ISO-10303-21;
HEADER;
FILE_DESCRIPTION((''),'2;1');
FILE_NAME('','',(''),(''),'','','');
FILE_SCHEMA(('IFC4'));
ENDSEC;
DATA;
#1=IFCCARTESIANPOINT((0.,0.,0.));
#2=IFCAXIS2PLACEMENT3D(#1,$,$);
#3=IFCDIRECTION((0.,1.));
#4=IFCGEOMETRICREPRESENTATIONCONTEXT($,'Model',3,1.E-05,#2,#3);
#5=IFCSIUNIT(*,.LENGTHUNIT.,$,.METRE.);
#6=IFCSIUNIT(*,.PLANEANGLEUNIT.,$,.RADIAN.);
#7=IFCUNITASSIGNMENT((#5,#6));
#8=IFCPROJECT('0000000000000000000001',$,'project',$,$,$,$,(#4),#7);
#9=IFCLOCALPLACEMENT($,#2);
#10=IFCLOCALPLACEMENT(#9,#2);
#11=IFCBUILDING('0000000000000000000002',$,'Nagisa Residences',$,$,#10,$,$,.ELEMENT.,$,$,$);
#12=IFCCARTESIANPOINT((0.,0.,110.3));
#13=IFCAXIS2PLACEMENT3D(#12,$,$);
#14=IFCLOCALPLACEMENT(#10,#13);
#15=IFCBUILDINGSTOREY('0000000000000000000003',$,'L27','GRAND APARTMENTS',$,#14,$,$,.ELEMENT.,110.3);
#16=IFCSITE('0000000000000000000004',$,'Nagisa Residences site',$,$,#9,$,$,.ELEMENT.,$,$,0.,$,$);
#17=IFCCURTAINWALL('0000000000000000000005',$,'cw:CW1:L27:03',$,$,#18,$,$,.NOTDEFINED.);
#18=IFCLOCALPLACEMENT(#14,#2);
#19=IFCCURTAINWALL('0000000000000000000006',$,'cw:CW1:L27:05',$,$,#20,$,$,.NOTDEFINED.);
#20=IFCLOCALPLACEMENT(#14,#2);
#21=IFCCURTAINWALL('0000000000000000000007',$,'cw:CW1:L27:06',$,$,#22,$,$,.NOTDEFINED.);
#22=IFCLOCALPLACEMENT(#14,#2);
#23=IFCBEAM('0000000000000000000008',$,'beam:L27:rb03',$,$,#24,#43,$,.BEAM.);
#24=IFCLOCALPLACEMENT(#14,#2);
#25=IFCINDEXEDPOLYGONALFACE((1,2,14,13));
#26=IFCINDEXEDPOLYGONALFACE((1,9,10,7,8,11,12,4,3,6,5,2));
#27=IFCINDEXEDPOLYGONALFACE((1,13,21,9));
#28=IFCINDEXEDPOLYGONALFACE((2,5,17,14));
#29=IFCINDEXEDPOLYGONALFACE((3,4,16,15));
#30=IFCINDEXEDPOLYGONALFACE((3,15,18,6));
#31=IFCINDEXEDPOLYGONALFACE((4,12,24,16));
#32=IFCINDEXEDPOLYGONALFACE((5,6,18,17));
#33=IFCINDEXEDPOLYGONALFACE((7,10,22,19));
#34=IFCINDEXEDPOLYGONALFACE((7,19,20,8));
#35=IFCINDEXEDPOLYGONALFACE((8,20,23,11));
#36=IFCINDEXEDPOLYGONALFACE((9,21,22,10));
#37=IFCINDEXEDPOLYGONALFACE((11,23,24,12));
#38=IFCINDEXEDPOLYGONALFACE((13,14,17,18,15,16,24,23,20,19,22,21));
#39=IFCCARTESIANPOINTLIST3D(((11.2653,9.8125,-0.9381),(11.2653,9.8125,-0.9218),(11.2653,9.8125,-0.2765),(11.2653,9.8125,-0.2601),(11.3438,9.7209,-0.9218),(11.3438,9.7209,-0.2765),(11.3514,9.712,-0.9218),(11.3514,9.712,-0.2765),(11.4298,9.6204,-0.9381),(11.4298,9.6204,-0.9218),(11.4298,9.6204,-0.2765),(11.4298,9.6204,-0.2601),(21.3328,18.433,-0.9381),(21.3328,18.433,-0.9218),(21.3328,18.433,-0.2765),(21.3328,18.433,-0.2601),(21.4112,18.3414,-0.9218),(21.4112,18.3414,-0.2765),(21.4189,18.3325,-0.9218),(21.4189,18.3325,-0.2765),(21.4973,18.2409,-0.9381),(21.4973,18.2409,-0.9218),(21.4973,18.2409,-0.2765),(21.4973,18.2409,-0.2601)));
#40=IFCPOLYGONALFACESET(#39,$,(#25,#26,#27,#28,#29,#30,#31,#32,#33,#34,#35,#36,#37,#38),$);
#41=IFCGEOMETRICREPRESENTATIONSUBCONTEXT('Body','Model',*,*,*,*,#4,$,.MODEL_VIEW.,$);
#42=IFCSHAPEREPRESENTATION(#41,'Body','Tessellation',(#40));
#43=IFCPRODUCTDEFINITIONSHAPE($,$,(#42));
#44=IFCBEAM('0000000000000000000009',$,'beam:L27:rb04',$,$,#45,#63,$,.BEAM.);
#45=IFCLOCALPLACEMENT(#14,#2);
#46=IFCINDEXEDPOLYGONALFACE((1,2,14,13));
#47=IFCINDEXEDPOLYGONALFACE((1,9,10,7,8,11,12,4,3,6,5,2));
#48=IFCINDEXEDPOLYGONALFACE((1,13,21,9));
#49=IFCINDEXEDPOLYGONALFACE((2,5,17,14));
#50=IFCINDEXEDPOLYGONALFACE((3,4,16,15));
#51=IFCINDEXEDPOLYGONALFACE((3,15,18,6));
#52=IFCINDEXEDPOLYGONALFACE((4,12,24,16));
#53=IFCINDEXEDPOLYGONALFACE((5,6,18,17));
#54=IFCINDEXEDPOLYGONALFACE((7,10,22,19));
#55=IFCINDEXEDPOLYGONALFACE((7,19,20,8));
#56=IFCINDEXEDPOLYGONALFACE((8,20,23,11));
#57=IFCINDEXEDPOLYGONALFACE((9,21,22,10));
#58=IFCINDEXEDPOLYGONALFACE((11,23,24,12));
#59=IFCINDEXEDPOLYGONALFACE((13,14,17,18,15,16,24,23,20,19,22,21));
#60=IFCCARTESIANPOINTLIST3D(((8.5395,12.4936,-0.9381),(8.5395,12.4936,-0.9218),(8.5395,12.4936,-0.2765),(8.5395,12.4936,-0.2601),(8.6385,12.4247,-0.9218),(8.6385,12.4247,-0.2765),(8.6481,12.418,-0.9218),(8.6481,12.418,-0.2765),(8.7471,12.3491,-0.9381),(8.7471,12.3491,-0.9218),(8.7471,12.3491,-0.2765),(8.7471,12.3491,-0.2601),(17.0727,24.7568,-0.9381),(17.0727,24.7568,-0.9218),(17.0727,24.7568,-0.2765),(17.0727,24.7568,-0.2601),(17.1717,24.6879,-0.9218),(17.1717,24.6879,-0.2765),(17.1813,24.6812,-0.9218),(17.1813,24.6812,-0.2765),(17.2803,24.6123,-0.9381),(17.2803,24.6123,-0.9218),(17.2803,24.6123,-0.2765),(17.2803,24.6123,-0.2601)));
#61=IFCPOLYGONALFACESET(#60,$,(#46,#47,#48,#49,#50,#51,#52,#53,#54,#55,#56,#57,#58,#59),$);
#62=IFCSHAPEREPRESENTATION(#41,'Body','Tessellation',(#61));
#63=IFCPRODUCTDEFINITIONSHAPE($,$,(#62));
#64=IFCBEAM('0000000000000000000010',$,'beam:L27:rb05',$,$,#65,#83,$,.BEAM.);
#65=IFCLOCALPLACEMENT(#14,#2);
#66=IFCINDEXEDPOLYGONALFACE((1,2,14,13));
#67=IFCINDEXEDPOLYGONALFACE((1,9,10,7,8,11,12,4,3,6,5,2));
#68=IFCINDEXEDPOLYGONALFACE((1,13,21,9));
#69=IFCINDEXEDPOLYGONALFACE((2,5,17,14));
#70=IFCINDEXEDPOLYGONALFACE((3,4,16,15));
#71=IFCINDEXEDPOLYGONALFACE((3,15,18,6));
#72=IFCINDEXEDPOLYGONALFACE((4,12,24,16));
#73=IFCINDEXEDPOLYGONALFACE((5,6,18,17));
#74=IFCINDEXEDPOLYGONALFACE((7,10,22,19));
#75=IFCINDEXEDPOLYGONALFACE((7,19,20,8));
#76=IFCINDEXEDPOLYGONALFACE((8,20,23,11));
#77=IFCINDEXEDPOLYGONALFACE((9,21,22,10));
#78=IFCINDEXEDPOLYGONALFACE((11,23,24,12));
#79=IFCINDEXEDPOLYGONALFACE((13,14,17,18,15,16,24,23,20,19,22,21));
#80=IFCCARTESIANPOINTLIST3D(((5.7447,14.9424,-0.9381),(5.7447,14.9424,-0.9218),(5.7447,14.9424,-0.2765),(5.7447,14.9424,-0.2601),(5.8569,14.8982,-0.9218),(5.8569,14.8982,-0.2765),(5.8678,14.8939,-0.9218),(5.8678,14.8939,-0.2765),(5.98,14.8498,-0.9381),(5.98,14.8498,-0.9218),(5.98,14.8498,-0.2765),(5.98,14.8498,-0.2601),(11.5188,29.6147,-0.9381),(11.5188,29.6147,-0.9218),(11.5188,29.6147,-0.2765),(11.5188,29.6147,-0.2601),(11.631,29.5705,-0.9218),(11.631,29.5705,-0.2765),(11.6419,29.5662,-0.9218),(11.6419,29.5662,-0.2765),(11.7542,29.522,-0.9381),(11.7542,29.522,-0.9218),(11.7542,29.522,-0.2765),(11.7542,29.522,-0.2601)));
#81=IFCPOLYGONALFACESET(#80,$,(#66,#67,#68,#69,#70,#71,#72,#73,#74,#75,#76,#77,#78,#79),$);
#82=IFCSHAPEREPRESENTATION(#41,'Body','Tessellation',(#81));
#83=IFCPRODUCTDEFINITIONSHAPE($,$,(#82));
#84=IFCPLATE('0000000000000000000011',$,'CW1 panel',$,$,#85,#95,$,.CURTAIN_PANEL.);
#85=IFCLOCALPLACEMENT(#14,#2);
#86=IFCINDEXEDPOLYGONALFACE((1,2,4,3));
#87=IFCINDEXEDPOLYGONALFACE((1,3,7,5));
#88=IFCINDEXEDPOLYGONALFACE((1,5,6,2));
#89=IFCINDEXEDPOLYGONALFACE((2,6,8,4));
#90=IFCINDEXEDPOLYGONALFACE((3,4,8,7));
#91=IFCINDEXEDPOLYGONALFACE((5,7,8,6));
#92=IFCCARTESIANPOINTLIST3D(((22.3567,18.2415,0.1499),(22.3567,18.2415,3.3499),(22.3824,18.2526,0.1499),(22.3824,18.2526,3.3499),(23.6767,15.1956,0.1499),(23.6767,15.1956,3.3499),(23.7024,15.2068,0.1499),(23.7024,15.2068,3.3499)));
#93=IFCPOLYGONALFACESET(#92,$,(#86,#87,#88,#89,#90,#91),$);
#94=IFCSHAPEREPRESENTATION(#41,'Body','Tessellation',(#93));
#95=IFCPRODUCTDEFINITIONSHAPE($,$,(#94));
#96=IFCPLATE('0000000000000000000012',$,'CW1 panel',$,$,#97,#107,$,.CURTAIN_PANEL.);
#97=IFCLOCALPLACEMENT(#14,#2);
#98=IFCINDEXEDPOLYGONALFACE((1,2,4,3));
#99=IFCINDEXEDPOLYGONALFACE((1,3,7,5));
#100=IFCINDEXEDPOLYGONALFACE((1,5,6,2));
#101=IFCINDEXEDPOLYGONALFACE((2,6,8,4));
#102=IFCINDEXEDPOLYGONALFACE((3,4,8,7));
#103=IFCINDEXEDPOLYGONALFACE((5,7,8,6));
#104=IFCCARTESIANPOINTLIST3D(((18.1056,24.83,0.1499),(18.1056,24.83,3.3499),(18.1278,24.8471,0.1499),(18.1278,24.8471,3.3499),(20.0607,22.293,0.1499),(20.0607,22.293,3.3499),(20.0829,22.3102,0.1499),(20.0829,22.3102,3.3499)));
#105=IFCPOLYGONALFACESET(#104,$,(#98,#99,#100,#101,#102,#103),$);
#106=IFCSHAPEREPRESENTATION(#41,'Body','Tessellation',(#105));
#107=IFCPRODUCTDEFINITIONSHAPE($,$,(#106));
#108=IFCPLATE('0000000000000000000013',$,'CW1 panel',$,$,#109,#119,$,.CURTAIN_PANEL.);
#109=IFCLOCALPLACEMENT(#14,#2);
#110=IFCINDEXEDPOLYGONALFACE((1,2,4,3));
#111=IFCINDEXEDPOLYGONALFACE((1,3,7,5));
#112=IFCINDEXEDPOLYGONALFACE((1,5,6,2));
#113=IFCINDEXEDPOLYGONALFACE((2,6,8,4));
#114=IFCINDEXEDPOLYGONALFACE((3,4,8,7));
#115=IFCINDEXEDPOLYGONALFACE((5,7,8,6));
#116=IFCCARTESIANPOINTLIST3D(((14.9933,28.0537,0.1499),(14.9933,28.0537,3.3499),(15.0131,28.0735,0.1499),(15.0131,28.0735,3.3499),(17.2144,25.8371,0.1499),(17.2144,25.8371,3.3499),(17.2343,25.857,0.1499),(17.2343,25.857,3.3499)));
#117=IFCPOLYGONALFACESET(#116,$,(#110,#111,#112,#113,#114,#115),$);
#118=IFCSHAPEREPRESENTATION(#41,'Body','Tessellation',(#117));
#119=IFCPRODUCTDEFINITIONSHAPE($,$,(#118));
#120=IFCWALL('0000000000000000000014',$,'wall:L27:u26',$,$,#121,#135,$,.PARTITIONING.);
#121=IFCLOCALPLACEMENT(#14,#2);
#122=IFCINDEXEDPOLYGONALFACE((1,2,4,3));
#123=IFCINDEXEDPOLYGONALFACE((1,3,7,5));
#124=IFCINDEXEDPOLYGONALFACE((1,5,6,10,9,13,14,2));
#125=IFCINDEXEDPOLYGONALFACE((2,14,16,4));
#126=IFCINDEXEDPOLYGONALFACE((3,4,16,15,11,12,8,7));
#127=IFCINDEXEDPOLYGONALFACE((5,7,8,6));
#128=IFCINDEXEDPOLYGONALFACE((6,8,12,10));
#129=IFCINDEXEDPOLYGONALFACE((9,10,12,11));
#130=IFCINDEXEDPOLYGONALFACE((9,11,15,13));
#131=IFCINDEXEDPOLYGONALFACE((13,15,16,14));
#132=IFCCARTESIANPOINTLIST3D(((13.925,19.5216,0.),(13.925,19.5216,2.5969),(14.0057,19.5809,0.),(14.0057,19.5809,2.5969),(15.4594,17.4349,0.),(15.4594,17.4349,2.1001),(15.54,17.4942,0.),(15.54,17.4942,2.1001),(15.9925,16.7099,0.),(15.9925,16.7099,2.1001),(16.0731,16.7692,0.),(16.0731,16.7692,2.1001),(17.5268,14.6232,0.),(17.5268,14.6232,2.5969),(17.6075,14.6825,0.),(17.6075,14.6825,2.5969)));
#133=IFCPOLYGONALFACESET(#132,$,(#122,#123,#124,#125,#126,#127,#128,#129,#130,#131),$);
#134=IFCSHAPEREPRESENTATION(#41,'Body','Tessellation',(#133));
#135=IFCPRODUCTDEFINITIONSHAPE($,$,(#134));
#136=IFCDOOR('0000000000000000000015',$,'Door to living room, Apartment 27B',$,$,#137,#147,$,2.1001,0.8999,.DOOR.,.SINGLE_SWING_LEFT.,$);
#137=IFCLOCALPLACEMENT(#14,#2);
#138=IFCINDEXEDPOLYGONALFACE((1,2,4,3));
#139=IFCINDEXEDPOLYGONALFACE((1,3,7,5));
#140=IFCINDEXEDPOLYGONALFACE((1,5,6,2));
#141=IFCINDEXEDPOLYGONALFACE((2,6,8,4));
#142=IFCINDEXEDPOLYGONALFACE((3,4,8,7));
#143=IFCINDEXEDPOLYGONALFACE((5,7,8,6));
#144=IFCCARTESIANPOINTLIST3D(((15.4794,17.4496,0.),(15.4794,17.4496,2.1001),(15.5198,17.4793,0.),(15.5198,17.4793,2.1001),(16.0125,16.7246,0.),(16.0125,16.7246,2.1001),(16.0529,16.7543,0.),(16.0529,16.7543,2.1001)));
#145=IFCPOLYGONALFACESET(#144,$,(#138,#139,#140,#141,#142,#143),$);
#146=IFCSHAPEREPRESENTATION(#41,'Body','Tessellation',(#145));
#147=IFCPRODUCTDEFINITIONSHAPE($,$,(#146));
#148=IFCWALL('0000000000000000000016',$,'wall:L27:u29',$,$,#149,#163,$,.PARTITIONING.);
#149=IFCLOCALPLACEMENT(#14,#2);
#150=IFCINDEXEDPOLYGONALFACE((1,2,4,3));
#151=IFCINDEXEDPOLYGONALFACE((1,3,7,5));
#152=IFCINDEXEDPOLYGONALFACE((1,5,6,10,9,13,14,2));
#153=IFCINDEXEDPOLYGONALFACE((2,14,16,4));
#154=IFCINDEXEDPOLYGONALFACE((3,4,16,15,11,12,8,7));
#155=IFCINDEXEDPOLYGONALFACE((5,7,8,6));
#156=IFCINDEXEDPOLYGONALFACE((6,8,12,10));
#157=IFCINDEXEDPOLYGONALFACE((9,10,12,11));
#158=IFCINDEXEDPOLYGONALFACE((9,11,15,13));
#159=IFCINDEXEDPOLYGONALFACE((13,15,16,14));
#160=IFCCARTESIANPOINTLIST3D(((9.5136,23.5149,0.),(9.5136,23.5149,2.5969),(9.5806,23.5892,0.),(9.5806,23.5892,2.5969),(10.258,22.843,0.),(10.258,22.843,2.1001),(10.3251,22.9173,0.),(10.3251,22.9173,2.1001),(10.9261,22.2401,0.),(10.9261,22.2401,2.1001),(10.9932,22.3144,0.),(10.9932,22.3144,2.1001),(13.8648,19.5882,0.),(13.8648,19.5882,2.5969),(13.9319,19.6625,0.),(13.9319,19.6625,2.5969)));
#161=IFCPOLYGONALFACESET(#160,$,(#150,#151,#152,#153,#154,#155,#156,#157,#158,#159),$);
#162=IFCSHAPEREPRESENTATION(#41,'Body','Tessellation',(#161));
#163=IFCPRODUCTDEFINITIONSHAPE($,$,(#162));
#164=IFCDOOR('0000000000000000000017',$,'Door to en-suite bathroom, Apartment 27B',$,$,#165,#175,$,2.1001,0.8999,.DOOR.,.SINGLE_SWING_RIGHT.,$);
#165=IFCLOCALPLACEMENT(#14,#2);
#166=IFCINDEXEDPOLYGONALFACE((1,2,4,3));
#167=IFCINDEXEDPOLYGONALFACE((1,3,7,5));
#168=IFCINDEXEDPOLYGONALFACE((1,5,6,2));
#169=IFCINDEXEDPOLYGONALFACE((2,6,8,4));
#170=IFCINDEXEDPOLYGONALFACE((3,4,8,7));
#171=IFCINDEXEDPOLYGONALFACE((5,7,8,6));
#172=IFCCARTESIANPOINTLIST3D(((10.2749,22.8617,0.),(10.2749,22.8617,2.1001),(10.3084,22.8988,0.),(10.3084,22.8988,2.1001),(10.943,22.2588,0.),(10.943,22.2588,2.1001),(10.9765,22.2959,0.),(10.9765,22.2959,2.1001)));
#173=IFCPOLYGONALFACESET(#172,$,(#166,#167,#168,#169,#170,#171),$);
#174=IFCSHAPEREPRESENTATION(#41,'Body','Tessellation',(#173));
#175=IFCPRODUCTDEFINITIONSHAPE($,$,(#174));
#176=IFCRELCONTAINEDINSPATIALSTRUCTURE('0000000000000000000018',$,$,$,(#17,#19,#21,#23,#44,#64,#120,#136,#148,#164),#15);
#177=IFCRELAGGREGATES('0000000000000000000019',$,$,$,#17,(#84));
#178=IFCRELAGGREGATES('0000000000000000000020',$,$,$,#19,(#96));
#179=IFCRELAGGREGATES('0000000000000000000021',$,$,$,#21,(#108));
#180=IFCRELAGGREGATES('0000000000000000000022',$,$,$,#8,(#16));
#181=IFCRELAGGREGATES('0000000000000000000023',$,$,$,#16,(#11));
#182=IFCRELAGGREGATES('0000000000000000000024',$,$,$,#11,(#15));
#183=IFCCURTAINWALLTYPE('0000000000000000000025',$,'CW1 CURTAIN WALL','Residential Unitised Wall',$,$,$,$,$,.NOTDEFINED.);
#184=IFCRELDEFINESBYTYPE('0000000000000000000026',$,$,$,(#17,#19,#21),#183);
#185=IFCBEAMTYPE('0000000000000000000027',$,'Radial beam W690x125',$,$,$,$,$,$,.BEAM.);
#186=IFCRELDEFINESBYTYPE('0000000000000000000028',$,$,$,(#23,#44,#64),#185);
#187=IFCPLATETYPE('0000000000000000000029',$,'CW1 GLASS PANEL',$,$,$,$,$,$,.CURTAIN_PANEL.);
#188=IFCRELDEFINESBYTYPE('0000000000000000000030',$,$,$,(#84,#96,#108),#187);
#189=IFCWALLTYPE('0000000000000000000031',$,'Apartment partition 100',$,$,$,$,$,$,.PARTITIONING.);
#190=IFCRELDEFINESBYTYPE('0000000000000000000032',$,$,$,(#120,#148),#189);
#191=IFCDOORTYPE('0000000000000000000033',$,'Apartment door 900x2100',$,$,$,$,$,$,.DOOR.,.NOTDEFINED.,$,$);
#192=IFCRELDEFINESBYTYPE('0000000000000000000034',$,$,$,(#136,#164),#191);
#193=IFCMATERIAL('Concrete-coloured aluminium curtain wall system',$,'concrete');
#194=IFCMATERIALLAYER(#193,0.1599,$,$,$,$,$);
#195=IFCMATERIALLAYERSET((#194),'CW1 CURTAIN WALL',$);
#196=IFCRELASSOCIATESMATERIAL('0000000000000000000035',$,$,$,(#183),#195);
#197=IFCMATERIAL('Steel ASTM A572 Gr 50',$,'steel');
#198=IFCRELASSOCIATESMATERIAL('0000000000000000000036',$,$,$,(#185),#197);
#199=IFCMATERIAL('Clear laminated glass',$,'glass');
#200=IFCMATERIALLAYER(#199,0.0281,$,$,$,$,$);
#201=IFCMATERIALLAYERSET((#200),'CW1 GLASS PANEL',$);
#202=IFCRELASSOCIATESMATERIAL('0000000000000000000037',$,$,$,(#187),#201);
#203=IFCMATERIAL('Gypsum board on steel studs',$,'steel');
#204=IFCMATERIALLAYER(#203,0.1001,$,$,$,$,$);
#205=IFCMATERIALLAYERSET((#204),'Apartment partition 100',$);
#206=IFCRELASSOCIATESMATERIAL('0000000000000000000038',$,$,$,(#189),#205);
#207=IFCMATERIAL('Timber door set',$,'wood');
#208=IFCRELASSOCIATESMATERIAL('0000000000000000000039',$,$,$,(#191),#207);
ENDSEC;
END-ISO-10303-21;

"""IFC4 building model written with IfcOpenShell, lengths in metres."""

from ifc_helpers import new_model, si_unit, direction, frame, frame_2d, origin, origin_2d, place, context, subcontext, project, spatial, rectangle, i_section, extrude, material, layer, layer_set, material_profile, profile_set, type_object, element, fill, aggregate, save


model = new_model("IFC4")

# Units and contexts
model_context = context("Model", 3, precision=1e-05, world=origin(), true_north=direction((0.0, 1.0)))
body_context = subcontext(model_context, "Body", "Model", "MODEL_VIEW")
ifc_project = project(units=[si_unit("LENGTHUNIT", "METRE"), si_unit("PLANEANGLEUNIT", "RADIAN")], contexts=[model_context])

# Site, building, storey
site_placement = place(None, origin())
site = spatial("IfcSite", under=ifc_project, at=site_placement, Name="Nagisa Residences site", CompositionType="ELEMENT", RefElevation=0.0)
building_placement = place(site_placement, origin())
building = spatial("IfcBuilding", under=site, at=building_placement, Name="Nagisa Residences", CompositionType="ELEMENT")
storey_placement = place(building_placement, frame((0.0, 0.0, 110.3)))
storey = spatial("IfcBuildingStorey", under=building, at=storey_placement, Name="L27", Description="GRAND APARTMENTS", CompositionType="ELEMENT", Elevation=110.3)

# Curtain walls
ifc_material_1 = material(Name="Concrete-coloured aluminium curtain wall system", Category="concrete")
ifc_layer_1 = layer(ifc_material_1, 0.1599)
ifc_layer_set_1 = layer_set([ifc_layer_1], Name="CW1 CURTAIN WALL")
curtain_wall_type = type_object("IfcCurtainWallType", Name="CW1 CURTAIN WALL", Description="Residential Unitised Wall", PredefinedType="NOTDEFINED", material=ifc_layer_set_1)
curtain_wall_1_placement = place(storey_placement, origin())
curtain_wall_1 = element("IfcCurtainWall", 1, at=curtain_wall_1_placement, inside=storey, type_object=curtain_wall_type, Name="cw:CW1:L27:03", PredefinedType="NOTDEFINED")
curtain_wall_2_placement = place(storey_placement, origin())
curtain_wall_2 = element("IfcCurtainWall", 2, at=curtain_wall_2_placement, inside=storey, type_object=curtain_wall_type, Name="cw:CW1:L27:05", PredefinedType="NOTDEFINED")
curtain_wall_3_placement = place(storey_placement, origin())
curtain_wall_3 = element("IfcCurtainWall", 3, at=curtain_wall_3_placement, inside=storey, type_object=curtain_wall_type, Name="cw:CW1:L27:06", PredefinedType="NOTDEFINED")

# Beams
ifc_material_2 = material(Name="Steel ASTM A572 Gr 50", Category="steel")
ifc_material_profile_1 = material_profile(ifc_material_2, i_section(OverallWidth=0.2529, OverallDepth=0.678, WebThickness=0.0117, FlangeThickness=0.0164, at=origin_2d()), Name="W690x125")
ifc_profile_set_1 = profile_set([ifc_material_profile_1], Name="Steel ASTM A572 Gr 50")
beam_type_1 = type_object("IfcBeamType", Name="Radial beam W690x125", PredefinedType="BEAM", material=ifc_profile_set_1)
beam_1_placement = place(storey_placement, frame((21.415, 18.3369, -0.5991), z_axis=(-0.759585, -0.650407, 0.0), x_axis=(0.650407, -0.759585, 0.0)))
element("IfcBeam", 4, at=beam_1_placement, inside=storey, type_object=beam_type_1, Name="beam:L27:rb03", PredefinedType="BEAM", context=body_context, shape_type="SweptSolid", body=[
    extrude(i_section(OverallWidth=0.2529, OverallDepth=0.678, WebThickness=0.0117, FlangeThickness=0.0164, at=origin_2d()), origin(), (0.0, 0.0, 1.0), 13.2539),
])
beam_2_placement = place(storey_placement, frame((17.1765, 24.6846, -0.5991), z_axis=(-0.571168, -0.820833, 0.0), x_axis=(0.820833, -0.571168, 0.0)))
element("IfcBeam", 5, at=beam_2_placement, inside=storey, type_object=beam_type_1, Name="beam:L27:rb04", PredefinedType="BEAM", context=body_context, shape_type="SweptSolid", body=[
    extrude(i_section(OverallWidth=0.2529, OverallDepth=0.678, WebThickness=0.0117, FlangeThickness=0.0164, at=origin_2d()), origin(), (0.0, 0.0, 1.0), 14.9399),
])
beam_3_placement = place(storey_placement, frame((11.6365, 29.5684, -0.5991), z_axis=(-0.366203, -0.930535, 0.0), x_axis=(0.930535, -0.366203, 0.0)))
element("IfcBeam", 6, at=beam_3_placement, inside=storey, type_object=beam_type_1, Name="beam:L27:rb05", PredefinedType="BEAM", context=body_context, shape_type="SweptSolid", body=[
    extrude(i_section(OverallWidth=0.2529, OverallDepth=0.678, WebThickness=0.0117, FlangeThickness=0.0164, at=origin_2d()), origin(), (0.0, 0.0, 1.0), 15.7676),
])

# Plates
ifc_material_3 = material(Name="Clear laminated glass", Category="glass")
ifc_layer_2 = layer(ifc_material_3, 0.0281)
ifc_layer_set_2 = layer_set([ifc_layer_2], Name="CW1 GLASS PANEL")
plate_type = type_object("IfcPlateType", Name="CW1 GLASS PANEL", PredefinedType="CURTAIN_PANEL", material=ifc_layer_set_2)
plate_1_placement = place(storey_placement, frame((23.0295, 16.7241, 0.1499), z_axis=(0.0, 0.0, 1.0), x_axis=(-0.397636, 0.917543, 0.0)))
plate_1 = element("IfcPlate", 7, at=plate_1_placement, type_object=plate_type, Name="CW1 panel", PredefinedType="CURTAIN_PANEL", context=body_context, shape_type="SweptSolid", body=[
    extrude(rectangle(XDim=3.3196, YDim=0.0281, at=origin_2d()), origin(), (0.0, 0.0, 1.0), 3.2),
])
aggregate(curtain_wall_1, [plate_1])
plate_2_placement = place(storey_placement, frame((19.0942, 23.5701, 0.1499), z_axis=(0.0, 0.0, 1.0), x_axis=(-0.61043, 0.79207, 0.0)))
plate_2 = element("IfcPlate", 8, at=plate_2_placement, type_object=plate_type, Name="CW1 panel", PredefinedType="CURTAIN_PANEL", context=body_context, shape_type="SweptSolid", body=[
    extrude(rectangle(XDim=3.2029, YDim=0.0281, at=origin_2d()), origin(), (0.0, 0.0, 1.0), 3.2),
])
aggregate(curtain_wall_2, [plate_2])
plate_3_placement = place(storey_placement, frame((16.1138, 26.9553, 0.1499), z_axis=(0.0, 0.0, 1.0), x_axis=(-0.707836, 0.706377, 0.0)))
plate_3 = element("IfcPlate", 9, at=plate_3_placement, type_object=plate_type, Name="CW1 panel", PredefinedType="CURTAIN_PANEL", context=body_context, shape_type="SweptSolid", body=[
    extrude(rectangle(XDim=3.1379, YDim=0.0281, at=origin_2d()), origin(), (0.0, 0.0, 1.0), 3.2),
])
aggregate(curtain_wall_3, [plate_3])

# Walls, openings, doors
ifc_material_4 = material(Name="Gypsum board on steel studs", Category="steel")
ifc_layer_3 = layer(ifc_material_4, 0.1001)
ifc_layer_set_3 = layer_set([ifc_layer_3], Name="Apartment partition 100")
wall_type_1 = type_object("IfcWallType", Name="Apartment partition 100", PredefinedType="PARTITIONING", material=ifc_layer_set_3)
wall_1_placement = place(storey_placement, frame((17.5671, 14.6528, 0.0), z_axis=(0.0, 0.0, 1.0), x_axis=(-0.592392, 0.80565, 0.0)))
wall_1 = element("IfcWall", 10, at=wall_1_placement, inside=storey, type_object=wall_type_1, Name="wall:L27:u26", PredefinedType="PARTITIONING", context=body_context, shape_type="SweptSolid", body=[
    extrude(rectangle(XDim=6.0801, YDim=0.1001, at=frame_2d((3.04, 0.0))), origin(), (0.0, 0.0, 1.0), 2.5969),
])
opening_1_placement = place(wall_1_placement, frame((2.5901, 0.0, 0.0)))
opening_1 = element("IfcOpeningElement", 11, at=opening_1_placement, cuts=wall_1, PredefinedType="OPENING", context=body_context, shape_type="SweptSolid", body=[
    extrude(rectangle(XDim=0.8999, YDim=2.1001, at=frame_2d((0.45, 1.05))), frame((0.0, 0.0601, 0.0), z_axis=(0.0, -1.0, 0.0), x_axis=(1.0, 0.0, 0.0)), (0.0, 0.0, 1.0), 0.1201),
])
ifc_material_5 = material(Name="Timber door set", Category="wood")
door_type_1 = type_object("IfcDoorType", Name="Apartment door 900x2100", OperationType="NOTDEFINED", PredefinedType="DOOR", material=ifc_material_5)
door_1_placement = place(opening_1_placement, frame((0.8999, 0.0, 0.0), x_axis=(-1.0, 0.0, 0.0)))
door_1 = element("IfcDoor", 12, at=door_1_placement, inside=storey, type_object=door_type_1, Name="Door to living room, Apartment 27B", OperationType="SINGLE_SWING_LEFT", OverallHeight=2.1001, OverallWidth=0.8999, PredefinedType="DOOR", context=body_context, shape_type="SweptSolid", body=[
    extrude(rectangle(XDim=0.8999, YDim=2.1001, at=frame_2d((0.45, 1.05))), frame((0.0, 0.0249, 0.0), z_axis=(0.0, -1.0, 0.0), x_axis=(1.0, 0.0, 0.0)), (0.0, 0.0, 1.0), 0.05),
])
fill(opening_1, door_1)
wall_2_placement = place(storey_placement, frame((13.8984, 19.6252, 0.0), z_axis=(0.0, 0.0, 1.0), x_axis=(-0.742397, 0.669961, 0.0)))
wall_2 = element("IfcWall", 13, at=wall_2_placement, inside=storey, type_object=wall_type_1, Name="wall:L27:u29", PredefinedType="PARTITIONING", context=body_context, shape_type="SweptSolid", body=[
    extrude(rectangle(XDim=5.8611, YDim=0.1001, at=frame_2d((2.9307, 0.0))), origin(), (0.0, 0.0, 1.0), 2.5969),
])
opening_2_placement = place(wall_2_placement, frame((3.9585, 0.0, 0.0)))
opening_2 = element("IfcOpeningElement", 14, at=opening_2_placement, cuts=wall_2, PredefinedType="OPENING", context=body_context, shape_type="SweptSolid", body=[
    extrude(rectangle(XDim=0.8999, YDim=2.1001, at=frame_2d((0.45, 1.05))), frame((0.0, 0.0601, 0.0), z_axis=(0.0, -1.0, 0.0), x_axis=(1.0, 0.0, 0.0)), (0.0, 0.0, 1.0), 0.1201),
])
door_2_placement = place(opening_2_placement, origin())
door_2 = element("IfcDoor", 15, at=door_2_placement, inside=storey, type_object=door_type_1, Name="Door to en-suite bathroom, Apartment 27B", OperationType="SINGLE_SWING_RIGHT", OverallHeight=2.1001, OverallWidth=0.8999, PredefinedType="DOOR", context=body_context, shape_type="SweptSolid", body=[
    extrude(rectangle(XDim=0.8999, YDim=2.1001, at=frame_2d((0.45, 1.05))), frame((0.0, 0.0249, 0.0), z_axis=(0.0, -1.0, 0.0), x_axis=(1.0, 0.0, 0.0)), (0.0, 0.0, 1.0), 0.05),
])
fill(opening_2, door_2)

save(model, "model.ifc")
